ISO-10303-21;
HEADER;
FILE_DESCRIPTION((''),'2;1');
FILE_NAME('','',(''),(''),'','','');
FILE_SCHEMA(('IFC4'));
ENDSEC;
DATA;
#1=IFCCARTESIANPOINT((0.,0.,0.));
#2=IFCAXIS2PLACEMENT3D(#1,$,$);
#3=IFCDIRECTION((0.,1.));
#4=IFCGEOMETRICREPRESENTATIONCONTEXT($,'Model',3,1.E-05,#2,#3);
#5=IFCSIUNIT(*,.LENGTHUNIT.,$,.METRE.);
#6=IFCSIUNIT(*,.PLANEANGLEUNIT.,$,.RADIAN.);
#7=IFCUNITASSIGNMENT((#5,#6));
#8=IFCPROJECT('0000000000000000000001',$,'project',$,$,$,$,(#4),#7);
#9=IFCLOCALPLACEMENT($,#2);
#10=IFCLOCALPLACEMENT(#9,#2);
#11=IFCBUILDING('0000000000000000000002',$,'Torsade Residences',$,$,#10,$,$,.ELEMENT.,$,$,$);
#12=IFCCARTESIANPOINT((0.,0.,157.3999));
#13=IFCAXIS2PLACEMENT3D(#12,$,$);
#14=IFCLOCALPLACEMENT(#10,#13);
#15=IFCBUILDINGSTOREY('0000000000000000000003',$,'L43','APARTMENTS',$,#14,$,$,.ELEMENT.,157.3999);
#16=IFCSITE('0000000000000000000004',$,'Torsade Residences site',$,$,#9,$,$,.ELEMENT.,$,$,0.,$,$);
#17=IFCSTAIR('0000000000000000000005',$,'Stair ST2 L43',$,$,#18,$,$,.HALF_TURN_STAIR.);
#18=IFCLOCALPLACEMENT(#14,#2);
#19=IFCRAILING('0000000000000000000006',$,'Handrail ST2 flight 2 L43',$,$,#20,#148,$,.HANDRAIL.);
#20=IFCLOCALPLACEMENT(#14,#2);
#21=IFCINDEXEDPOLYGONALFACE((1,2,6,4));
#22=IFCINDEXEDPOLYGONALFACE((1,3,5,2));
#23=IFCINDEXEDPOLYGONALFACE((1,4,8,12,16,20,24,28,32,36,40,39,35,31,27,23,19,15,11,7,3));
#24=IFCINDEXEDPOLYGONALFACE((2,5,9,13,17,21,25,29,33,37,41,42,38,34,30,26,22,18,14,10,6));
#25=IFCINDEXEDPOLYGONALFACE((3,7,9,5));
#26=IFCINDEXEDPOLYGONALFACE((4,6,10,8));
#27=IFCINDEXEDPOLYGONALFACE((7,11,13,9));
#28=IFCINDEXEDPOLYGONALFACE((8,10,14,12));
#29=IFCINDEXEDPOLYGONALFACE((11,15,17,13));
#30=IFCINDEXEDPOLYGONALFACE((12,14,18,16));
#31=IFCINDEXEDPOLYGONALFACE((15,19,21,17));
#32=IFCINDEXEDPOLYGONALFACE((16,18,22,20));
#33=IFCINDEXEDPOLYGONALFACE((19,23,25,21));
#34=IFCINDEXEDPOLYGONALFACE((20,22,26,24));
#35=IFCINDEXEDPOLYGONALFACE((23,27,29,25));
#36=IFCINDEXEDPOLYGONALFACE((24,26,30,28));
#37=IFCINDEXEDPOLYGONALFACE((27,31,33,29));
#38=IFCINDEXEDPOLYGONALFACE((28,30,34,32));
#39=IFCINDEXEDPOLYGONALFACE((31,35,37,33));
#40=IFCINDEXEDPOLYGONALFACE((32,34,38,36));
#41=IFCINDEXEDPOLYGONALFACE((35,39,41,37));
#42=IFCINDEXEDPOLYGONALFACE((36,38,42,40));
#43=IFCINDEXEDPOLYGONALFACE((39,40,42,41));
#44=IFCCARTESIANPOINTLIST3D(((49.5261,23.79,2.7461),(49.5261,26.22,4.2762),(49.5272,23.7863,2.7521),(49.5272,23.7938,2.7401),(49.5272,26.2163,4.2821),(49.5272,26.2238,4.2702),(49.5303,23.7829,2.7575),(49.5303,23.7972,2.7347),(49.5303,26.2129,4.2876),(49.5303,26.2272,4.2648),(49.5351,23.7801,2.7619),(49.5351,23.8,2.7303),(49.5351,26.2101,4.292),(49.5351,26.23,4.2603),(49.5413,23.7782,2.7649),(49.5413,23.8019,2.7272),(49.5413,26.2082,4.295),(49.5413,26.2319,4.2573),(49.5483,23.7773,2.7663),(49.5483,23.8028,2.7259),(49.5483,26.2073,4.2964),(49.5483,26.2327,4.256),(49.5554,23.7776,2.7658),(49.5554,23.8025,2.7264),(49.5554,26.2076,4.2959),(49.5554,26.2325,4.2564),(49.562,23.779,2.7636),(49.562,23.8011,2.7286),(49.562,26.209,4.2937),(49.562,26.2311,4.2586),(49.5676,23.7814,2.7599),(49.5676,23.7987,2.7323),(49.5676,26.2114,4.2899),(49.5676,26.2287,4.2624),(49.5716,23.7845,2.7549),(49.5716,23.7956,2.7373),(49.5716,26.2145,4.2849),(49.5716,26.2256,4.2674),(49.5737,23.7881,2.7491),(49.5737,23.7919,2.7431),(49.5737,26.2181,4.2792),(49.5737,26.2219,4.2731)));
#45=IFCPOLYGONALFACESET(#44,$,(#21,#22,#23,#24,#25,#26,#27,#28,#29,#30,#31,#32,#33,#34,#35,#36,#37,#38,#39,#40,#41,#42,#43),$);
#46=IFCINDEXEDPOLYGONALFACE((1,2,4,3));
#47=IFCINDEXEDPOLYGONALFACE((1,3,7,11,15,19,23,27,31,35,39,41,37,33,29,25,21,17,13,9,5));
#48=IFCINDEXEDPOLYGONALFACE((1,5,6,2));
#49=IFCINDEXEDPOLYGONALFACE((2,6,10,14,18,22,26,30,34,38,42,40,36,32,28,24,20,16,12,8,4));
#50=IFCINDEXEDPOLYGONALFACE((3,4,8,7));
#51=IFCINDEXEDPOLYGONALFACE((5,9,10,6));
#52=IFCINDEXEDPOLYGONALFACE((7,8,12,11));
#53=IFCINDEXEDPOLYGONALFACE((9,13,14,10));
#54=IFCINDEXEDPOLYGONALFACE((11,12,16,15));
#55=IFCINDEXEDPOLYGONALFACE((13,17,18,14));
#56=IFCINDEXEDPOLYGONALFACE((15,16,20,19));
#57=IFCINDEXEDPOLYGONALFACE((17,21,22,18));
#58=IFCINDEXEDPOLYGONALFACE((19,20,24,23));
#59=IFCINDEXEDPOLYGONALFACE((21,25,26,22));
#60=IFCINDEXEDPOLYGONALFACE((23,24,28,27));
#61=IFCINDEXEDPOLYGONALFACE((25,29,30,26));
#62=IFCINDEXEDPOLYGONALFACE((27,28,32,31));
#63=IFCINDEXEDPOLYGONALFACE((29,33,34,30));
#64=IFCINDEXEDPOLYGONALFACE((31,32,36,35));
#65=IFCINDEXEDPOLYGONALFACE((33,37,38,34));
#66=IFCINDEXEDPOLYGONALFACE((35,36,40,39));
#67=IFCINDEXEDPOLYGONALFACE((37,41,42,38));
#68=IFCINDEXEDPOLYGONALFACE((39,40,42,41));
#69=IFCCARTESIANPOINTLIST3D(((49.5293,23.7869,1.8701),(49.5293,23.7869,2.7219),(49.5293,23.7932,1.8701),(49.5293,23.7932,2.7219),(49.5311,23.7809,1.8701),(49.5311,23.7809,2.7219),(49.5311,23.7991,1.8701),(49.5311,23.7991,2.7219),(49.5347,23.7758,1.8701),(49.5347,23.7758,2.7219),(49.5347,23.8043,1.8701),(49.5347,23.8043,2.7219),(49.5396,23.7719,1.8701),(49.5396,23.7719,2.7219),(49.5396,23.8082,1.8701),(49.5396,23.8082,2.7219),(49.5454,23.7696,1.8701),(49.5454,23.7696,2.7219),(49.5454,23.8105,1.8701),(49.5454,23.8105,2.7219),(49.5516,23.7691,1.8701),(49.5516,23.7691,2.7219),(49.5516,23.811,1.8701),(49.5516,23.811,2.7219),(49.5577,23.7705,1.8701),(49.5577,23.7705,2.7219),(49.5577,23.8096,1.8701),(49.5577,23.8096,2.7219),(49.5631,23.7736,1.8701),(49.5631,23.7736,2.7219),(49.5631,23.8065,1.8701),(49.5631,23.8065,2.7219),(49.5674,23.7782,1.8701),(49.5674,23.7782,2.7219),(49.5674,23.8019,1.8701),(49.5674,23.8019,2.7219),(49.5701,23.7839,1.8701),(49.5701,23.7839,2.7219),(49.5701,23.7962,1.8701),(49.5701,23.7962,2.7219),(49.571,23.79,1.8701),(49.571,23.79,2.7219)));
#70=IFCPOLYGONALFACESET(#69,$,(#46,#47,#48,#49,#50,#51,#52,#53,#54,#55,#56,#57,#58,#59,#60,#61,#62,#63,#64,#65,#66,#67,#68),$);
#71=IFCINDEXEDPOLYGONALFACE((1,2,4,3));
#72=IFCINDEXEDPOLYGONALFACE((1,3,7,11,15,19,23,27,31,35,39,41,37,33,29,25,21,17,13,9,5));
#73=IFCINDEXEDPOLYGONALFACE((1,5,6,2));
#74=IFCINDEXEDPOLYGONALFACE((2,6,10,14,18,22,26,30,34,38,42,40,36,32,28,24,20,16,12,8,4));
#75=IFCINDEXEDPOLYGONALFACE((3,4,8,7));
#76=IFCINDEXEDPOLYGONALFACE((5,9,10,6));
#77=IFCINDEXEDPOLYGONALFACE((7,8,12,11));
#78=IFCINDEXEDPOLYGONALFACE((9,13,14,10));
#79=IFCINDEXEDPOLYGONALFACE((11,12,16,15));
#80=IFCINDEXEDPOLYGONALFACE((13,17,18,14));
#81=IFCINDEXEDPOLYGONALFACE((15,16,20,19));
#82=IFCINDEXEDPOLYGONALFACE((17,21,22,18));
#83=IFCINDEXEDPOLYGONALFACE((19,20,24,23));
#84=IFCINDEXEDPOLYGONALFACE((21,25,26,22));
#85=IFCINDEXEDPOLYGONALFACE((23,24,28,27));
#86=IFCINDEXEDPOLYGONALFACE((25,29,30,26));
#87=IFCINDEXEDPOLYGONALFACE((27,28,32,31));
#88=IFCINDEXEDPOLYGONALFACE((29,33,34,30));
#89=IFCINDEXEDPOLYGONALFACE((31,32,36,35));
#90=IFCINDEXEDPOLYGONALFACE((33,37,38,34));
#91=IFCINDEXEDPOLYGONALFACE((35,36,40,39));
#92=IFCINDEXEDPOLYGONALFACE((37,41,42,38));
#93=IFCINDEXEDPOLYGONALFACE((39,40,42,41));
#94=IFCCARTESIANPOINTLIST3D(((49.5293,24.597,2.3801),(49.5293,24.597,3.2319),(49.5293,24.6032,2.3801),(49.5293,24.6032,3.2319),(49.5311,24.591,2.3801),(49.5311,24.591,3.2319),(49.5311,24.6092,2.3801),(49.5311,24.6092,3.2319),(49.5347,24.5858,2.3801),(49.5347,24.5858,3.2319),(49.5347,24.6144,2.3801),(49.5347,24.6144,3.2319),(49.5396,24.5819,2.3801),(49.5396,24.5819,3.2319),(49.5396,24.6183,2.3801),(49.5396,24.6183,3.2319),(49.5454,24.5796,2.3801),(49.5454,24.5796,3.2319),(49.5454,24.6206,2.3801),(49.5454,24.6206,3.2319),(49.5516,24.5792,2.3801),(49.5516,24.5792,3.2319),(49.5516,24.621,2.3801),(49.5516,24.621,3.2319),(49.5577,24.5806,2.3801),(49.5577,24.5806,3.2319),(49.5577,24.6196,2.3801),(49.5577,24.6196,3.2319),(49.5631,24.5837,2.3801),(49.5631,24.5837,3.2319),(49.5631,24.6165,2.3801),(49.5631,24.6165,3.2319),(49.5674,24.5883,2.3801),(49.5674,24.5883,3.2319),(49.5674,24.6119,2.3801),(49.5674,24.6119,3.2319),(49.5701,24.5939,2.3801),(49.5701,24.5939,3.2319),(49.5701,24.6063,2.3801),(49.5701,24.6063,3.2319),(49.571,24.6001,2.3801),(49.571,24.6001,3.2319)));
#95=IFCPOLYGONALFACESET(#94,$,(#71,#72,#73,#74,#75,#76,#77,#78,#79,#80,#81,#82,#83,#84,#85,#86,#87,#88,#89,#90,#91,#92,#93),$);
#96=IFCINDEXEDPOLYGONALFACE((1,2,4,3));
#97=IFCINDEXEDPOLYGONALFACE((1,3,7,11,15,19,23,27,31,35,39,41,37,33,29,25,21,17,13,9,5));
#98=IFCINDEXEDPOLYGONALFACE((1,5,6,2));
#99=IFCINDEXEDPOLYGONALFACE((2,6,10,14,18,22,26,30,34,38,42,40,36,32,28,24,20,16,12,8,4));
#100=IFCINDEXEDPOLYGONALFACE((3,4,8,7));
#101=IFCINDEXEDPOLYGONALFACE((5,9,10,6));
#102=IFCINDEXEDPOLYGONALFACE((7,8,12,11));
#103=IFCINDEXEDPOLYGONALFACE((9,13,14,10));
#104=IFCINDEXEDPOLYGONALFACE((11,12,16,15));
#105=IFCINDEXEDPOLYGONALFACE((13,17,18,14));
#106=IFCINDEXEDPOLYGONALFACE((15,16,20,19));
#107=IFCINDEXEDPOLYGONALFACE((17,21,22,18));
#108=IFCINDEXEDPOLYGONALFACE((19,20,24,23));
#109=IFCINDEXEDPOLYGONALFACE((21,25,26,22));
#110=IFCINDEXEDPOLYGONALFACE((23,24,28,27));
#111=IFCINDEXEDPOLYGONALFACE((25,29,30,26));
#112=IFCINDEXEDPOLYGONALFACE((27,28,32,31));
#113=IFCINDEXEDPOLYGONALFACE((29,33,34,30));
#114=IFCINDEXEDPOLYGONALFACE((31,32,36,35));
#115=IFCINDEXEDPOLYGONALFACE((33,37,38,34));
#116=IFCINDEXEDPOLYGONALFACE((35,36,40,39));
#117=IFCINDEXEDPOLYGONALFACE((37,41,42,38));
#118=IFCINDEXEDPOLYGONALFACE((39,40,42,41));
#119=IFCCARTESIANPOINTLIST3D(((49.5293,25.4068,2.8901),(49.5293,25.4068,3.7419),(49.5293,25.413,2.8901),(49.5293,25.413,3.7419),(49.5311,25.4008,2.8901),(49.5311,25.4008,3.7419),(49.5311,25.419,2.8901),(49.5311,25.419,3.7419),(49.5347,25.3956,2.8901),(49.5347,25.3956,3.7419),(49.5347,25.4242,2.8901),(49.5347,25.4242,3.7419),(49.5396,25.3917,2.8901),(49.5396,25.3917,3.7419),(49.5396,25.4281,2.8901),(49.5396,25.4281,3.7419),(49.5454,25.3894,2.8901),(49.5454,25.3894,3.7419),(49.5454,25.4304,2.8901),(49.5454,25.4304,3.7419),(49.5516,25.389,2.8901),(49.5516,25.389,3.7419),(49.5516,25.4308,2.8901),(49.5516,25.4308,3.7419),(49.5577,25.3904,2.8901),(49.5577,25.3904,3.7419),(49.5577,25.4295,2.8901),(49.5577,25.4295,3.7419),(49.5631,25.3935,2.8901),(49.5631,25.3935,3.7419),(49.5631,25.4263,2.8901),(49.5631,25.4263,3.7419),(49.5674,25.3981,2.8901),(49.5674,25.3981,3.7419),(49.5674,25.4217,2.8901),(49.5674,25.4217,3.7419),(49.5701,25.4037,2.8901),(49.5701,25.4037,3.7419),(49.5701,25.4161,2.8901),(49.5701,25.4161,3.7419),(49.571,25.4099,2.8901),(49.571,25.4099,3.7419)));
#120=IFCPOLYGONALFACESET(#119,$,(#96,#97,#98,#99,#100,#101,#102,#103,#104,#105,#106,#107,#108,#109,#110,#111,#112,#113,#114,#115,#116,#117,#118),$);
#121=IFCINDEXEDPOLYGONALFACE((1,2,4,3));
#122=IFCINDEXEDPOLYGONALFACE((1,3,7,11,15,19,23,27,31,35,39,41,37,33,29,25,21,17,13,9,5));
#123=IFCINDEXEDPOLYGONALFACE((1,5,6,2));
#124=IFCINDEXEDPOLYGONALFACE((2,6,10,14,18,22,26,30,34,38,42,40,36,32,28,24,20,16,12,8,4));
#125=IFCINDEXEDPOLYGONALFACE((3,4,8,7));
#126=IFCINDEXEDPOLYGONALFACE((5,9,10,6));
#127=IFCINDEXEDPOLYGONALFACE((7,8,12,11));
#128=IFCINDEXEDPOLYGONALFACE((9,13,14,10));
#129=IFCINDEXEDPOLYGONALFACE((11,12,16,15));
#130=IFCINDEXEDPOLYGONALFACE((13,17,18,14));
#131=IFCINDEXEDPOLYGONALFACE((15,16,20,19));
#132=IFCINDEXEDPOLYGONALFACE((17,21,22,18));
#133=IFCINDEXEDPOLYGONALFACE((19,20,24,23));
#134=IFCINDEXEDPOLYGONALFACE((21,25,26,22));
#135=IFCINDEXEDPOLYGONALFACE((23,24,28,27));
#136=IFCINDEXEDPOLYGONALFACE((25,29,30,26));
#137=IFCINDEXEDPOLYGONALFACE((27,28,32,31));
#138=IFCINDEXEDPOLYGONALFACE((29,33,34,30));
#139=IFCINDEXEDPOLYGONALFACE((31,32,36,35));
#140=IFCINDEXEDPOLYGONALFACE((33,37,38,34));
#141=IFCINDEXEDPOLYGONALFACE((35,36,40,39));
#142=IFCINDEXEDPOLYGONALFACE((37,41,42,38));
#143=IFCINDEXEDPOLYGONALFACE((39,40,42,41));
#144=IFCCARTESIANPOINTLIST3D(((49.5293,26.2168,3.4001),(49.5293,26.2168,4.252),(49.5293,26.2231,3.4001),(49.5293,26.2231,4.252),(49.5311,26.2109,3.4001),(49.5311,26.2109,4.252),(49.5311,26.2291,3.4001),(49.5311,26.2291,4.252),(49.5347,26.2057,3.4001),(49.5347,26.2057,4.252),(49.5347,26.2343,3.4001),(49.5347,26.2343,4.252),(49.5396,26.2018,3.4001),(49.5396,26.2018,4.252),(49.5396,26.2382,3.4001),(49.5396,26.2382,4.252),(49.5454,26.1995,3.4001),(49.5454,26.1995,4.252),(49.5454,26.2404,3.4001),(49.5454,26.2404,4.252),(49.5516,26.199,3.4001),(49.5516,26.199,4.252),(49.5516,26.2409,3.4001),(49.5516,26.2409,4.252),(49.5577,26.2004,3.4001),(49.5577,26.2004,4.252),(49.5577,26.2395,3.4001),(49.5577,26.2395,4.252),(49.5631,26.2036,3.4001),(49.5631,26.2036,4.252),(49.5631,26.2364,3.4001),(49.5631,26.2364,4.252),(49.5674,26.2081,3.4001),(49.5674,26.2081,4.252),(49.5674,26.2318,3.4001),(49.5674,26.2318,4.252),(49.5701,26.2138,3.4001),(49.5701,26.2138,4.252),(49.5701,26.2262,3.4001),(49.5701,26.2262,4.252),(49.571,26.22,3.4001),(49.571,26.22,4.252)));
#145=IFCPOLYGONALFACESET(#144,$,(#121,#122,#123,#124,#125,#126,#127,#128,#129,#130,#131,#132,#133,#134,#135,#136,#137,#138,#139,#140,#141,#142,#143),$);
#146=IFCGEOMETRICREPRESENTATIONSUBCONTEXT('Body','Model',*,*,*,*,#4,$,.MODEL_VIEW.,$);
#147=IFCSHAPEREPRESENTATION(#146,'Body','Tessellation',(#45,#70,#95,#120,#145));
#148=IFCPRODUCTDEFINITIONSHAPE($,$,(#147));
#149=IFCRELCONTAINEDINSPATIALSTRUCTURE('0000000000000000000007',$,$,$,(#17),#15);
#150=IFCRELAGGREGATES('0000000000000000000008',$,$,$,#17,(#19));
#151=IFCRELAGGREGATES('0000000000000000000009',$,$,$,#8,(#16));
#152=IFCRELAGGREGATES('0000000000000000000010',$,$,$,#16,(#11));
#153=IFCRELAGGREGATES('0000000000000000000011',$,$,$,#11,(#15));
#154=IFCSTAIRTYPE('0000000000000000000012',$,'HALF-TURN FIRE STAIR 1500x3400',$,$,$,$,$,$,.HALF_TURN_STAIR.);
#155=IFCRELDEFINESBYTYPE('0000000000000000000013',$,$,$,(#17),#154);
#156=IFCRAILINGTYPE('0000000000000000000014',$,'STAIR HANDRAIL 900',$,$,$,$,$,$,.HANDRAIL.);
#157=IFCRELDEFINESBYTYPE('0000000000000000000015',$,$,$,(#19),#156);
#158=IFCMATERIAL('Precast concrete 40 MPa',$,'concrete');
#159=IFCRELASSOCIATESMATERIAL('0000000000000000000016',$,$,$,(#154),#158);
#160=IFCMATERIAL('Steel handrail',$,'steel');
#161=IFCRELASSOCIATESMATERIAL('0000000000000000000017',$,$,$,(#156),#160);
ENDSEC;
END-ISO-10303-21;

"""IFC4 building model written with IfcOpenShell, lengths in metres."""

from ifc_helpers import new_model, si_unit, direction, frame, origin, origin_2d, place, context, subcontext, project, spatial, circle, extrude, material, type_object, element, aggregate, save


model = new_model("IFC4")

# Units and contexts
model_context = context("Model", 3, precision=1e-05, world=origin(), true_north=direction((0.0, 1.0)))
body_context = subcontext(model_context, "Body", "Model", "MODEL_VIEW")
ifc_project = project(units=[si_unit("LENGTHUNIT", "METRE"), si_unit("PLANEANGLEUNIT", "RADIAN")], contexts=[model_context])

# Site, building, storey
site_placement = place(None, origin())
site = spatial("IfcSite", under=ifc_project, at=site_placement, Name="Torsade Residences site", CompositionType="ELEMENT", RefElevation=0.0)
building_placement = place(site_placement, origin())
building = spatial("IfcBuilding", under=site, at=building_placement, Name="Torsade Residences", CompositionType="ELEMENT")
storey_placement = place(building_placement, frame((0.0, 0.0, 157.3999)))
storey = spatial("IfcBuildingStorey", under=building, at=storey_placement, Name="L43", Description="APARTMENTS", CompositionType="ELEMENT", Elevation=157.3999)

# Stair, railing
ifc_material_1 = material(Name="Precast concrete 40 MPa", Category="concrete")
stair_type = type_object("IfcStairType", Name="HALF-TURN FIRE STAIR 1500x3400", PredefinedType="HALF_TURN_STAIR", material=ifc_material_1)
stair_placement = place(storey_placement, origin())
stair = element("IfcStair", 1, at=stair_placement, inside=storey, type_object=stair_type, Name="Stair ST2 L43", PredefinedType="HALF_TURN_STAIR")
ifc_material_2 = material(Name="Steel handrail", Category="steel")
railing_type = type_object("IfcRailingType", Name="STAIR HANDRAIL 900", PredefinedType="HANDRAIL", material=ifc_material_2)
railing_1_placement = place(storey_placement, frame((49.55, 23.79, 1.8701)))
railing_1 = element("IfcRailing", 2, at=railing_1_placement, type_object=railing_type, Name="Handrail ST2 flight 2 L43", PredefinedType="HANDRAIL", context=body_context, shape_type="SweptSolid", body=[
    extrude(circle(Radius=0.0239, at=origin_2d()), frame((0.0, 0.0, 0.876), z_axis=(0.0, 0.846221, 0.532831), x_axis=(-1.0, 0.0, 0.0)), (0.0, 0.0, 1.0), 2.8716),
    extrude(circle(Radius=0.021, at=origin_2d()), origin(), (0.0, 0.0, 1.0), 0.8518),
    extrude(circle(Radius=0.021, at=origin_2d()), frame((0.0, 0.8101, 0.51)), (0.0, 0.0, 1.0), 0.8518),
    extrude(circle(Radius=0.021, at=origin_2d()), frame((0.0, 1.6199, 1.02)), (0.0, 0.0, 1.0), 0.8518),
    extrude(circle(Radius=0.021, at=origin_2d()), frame((0.0, 2.4299, 1.53)), (0.0, 0.0, 1.0), 0.8518),
])
aggregate(stair, [railing_1])

save(model, "model.ifc")
